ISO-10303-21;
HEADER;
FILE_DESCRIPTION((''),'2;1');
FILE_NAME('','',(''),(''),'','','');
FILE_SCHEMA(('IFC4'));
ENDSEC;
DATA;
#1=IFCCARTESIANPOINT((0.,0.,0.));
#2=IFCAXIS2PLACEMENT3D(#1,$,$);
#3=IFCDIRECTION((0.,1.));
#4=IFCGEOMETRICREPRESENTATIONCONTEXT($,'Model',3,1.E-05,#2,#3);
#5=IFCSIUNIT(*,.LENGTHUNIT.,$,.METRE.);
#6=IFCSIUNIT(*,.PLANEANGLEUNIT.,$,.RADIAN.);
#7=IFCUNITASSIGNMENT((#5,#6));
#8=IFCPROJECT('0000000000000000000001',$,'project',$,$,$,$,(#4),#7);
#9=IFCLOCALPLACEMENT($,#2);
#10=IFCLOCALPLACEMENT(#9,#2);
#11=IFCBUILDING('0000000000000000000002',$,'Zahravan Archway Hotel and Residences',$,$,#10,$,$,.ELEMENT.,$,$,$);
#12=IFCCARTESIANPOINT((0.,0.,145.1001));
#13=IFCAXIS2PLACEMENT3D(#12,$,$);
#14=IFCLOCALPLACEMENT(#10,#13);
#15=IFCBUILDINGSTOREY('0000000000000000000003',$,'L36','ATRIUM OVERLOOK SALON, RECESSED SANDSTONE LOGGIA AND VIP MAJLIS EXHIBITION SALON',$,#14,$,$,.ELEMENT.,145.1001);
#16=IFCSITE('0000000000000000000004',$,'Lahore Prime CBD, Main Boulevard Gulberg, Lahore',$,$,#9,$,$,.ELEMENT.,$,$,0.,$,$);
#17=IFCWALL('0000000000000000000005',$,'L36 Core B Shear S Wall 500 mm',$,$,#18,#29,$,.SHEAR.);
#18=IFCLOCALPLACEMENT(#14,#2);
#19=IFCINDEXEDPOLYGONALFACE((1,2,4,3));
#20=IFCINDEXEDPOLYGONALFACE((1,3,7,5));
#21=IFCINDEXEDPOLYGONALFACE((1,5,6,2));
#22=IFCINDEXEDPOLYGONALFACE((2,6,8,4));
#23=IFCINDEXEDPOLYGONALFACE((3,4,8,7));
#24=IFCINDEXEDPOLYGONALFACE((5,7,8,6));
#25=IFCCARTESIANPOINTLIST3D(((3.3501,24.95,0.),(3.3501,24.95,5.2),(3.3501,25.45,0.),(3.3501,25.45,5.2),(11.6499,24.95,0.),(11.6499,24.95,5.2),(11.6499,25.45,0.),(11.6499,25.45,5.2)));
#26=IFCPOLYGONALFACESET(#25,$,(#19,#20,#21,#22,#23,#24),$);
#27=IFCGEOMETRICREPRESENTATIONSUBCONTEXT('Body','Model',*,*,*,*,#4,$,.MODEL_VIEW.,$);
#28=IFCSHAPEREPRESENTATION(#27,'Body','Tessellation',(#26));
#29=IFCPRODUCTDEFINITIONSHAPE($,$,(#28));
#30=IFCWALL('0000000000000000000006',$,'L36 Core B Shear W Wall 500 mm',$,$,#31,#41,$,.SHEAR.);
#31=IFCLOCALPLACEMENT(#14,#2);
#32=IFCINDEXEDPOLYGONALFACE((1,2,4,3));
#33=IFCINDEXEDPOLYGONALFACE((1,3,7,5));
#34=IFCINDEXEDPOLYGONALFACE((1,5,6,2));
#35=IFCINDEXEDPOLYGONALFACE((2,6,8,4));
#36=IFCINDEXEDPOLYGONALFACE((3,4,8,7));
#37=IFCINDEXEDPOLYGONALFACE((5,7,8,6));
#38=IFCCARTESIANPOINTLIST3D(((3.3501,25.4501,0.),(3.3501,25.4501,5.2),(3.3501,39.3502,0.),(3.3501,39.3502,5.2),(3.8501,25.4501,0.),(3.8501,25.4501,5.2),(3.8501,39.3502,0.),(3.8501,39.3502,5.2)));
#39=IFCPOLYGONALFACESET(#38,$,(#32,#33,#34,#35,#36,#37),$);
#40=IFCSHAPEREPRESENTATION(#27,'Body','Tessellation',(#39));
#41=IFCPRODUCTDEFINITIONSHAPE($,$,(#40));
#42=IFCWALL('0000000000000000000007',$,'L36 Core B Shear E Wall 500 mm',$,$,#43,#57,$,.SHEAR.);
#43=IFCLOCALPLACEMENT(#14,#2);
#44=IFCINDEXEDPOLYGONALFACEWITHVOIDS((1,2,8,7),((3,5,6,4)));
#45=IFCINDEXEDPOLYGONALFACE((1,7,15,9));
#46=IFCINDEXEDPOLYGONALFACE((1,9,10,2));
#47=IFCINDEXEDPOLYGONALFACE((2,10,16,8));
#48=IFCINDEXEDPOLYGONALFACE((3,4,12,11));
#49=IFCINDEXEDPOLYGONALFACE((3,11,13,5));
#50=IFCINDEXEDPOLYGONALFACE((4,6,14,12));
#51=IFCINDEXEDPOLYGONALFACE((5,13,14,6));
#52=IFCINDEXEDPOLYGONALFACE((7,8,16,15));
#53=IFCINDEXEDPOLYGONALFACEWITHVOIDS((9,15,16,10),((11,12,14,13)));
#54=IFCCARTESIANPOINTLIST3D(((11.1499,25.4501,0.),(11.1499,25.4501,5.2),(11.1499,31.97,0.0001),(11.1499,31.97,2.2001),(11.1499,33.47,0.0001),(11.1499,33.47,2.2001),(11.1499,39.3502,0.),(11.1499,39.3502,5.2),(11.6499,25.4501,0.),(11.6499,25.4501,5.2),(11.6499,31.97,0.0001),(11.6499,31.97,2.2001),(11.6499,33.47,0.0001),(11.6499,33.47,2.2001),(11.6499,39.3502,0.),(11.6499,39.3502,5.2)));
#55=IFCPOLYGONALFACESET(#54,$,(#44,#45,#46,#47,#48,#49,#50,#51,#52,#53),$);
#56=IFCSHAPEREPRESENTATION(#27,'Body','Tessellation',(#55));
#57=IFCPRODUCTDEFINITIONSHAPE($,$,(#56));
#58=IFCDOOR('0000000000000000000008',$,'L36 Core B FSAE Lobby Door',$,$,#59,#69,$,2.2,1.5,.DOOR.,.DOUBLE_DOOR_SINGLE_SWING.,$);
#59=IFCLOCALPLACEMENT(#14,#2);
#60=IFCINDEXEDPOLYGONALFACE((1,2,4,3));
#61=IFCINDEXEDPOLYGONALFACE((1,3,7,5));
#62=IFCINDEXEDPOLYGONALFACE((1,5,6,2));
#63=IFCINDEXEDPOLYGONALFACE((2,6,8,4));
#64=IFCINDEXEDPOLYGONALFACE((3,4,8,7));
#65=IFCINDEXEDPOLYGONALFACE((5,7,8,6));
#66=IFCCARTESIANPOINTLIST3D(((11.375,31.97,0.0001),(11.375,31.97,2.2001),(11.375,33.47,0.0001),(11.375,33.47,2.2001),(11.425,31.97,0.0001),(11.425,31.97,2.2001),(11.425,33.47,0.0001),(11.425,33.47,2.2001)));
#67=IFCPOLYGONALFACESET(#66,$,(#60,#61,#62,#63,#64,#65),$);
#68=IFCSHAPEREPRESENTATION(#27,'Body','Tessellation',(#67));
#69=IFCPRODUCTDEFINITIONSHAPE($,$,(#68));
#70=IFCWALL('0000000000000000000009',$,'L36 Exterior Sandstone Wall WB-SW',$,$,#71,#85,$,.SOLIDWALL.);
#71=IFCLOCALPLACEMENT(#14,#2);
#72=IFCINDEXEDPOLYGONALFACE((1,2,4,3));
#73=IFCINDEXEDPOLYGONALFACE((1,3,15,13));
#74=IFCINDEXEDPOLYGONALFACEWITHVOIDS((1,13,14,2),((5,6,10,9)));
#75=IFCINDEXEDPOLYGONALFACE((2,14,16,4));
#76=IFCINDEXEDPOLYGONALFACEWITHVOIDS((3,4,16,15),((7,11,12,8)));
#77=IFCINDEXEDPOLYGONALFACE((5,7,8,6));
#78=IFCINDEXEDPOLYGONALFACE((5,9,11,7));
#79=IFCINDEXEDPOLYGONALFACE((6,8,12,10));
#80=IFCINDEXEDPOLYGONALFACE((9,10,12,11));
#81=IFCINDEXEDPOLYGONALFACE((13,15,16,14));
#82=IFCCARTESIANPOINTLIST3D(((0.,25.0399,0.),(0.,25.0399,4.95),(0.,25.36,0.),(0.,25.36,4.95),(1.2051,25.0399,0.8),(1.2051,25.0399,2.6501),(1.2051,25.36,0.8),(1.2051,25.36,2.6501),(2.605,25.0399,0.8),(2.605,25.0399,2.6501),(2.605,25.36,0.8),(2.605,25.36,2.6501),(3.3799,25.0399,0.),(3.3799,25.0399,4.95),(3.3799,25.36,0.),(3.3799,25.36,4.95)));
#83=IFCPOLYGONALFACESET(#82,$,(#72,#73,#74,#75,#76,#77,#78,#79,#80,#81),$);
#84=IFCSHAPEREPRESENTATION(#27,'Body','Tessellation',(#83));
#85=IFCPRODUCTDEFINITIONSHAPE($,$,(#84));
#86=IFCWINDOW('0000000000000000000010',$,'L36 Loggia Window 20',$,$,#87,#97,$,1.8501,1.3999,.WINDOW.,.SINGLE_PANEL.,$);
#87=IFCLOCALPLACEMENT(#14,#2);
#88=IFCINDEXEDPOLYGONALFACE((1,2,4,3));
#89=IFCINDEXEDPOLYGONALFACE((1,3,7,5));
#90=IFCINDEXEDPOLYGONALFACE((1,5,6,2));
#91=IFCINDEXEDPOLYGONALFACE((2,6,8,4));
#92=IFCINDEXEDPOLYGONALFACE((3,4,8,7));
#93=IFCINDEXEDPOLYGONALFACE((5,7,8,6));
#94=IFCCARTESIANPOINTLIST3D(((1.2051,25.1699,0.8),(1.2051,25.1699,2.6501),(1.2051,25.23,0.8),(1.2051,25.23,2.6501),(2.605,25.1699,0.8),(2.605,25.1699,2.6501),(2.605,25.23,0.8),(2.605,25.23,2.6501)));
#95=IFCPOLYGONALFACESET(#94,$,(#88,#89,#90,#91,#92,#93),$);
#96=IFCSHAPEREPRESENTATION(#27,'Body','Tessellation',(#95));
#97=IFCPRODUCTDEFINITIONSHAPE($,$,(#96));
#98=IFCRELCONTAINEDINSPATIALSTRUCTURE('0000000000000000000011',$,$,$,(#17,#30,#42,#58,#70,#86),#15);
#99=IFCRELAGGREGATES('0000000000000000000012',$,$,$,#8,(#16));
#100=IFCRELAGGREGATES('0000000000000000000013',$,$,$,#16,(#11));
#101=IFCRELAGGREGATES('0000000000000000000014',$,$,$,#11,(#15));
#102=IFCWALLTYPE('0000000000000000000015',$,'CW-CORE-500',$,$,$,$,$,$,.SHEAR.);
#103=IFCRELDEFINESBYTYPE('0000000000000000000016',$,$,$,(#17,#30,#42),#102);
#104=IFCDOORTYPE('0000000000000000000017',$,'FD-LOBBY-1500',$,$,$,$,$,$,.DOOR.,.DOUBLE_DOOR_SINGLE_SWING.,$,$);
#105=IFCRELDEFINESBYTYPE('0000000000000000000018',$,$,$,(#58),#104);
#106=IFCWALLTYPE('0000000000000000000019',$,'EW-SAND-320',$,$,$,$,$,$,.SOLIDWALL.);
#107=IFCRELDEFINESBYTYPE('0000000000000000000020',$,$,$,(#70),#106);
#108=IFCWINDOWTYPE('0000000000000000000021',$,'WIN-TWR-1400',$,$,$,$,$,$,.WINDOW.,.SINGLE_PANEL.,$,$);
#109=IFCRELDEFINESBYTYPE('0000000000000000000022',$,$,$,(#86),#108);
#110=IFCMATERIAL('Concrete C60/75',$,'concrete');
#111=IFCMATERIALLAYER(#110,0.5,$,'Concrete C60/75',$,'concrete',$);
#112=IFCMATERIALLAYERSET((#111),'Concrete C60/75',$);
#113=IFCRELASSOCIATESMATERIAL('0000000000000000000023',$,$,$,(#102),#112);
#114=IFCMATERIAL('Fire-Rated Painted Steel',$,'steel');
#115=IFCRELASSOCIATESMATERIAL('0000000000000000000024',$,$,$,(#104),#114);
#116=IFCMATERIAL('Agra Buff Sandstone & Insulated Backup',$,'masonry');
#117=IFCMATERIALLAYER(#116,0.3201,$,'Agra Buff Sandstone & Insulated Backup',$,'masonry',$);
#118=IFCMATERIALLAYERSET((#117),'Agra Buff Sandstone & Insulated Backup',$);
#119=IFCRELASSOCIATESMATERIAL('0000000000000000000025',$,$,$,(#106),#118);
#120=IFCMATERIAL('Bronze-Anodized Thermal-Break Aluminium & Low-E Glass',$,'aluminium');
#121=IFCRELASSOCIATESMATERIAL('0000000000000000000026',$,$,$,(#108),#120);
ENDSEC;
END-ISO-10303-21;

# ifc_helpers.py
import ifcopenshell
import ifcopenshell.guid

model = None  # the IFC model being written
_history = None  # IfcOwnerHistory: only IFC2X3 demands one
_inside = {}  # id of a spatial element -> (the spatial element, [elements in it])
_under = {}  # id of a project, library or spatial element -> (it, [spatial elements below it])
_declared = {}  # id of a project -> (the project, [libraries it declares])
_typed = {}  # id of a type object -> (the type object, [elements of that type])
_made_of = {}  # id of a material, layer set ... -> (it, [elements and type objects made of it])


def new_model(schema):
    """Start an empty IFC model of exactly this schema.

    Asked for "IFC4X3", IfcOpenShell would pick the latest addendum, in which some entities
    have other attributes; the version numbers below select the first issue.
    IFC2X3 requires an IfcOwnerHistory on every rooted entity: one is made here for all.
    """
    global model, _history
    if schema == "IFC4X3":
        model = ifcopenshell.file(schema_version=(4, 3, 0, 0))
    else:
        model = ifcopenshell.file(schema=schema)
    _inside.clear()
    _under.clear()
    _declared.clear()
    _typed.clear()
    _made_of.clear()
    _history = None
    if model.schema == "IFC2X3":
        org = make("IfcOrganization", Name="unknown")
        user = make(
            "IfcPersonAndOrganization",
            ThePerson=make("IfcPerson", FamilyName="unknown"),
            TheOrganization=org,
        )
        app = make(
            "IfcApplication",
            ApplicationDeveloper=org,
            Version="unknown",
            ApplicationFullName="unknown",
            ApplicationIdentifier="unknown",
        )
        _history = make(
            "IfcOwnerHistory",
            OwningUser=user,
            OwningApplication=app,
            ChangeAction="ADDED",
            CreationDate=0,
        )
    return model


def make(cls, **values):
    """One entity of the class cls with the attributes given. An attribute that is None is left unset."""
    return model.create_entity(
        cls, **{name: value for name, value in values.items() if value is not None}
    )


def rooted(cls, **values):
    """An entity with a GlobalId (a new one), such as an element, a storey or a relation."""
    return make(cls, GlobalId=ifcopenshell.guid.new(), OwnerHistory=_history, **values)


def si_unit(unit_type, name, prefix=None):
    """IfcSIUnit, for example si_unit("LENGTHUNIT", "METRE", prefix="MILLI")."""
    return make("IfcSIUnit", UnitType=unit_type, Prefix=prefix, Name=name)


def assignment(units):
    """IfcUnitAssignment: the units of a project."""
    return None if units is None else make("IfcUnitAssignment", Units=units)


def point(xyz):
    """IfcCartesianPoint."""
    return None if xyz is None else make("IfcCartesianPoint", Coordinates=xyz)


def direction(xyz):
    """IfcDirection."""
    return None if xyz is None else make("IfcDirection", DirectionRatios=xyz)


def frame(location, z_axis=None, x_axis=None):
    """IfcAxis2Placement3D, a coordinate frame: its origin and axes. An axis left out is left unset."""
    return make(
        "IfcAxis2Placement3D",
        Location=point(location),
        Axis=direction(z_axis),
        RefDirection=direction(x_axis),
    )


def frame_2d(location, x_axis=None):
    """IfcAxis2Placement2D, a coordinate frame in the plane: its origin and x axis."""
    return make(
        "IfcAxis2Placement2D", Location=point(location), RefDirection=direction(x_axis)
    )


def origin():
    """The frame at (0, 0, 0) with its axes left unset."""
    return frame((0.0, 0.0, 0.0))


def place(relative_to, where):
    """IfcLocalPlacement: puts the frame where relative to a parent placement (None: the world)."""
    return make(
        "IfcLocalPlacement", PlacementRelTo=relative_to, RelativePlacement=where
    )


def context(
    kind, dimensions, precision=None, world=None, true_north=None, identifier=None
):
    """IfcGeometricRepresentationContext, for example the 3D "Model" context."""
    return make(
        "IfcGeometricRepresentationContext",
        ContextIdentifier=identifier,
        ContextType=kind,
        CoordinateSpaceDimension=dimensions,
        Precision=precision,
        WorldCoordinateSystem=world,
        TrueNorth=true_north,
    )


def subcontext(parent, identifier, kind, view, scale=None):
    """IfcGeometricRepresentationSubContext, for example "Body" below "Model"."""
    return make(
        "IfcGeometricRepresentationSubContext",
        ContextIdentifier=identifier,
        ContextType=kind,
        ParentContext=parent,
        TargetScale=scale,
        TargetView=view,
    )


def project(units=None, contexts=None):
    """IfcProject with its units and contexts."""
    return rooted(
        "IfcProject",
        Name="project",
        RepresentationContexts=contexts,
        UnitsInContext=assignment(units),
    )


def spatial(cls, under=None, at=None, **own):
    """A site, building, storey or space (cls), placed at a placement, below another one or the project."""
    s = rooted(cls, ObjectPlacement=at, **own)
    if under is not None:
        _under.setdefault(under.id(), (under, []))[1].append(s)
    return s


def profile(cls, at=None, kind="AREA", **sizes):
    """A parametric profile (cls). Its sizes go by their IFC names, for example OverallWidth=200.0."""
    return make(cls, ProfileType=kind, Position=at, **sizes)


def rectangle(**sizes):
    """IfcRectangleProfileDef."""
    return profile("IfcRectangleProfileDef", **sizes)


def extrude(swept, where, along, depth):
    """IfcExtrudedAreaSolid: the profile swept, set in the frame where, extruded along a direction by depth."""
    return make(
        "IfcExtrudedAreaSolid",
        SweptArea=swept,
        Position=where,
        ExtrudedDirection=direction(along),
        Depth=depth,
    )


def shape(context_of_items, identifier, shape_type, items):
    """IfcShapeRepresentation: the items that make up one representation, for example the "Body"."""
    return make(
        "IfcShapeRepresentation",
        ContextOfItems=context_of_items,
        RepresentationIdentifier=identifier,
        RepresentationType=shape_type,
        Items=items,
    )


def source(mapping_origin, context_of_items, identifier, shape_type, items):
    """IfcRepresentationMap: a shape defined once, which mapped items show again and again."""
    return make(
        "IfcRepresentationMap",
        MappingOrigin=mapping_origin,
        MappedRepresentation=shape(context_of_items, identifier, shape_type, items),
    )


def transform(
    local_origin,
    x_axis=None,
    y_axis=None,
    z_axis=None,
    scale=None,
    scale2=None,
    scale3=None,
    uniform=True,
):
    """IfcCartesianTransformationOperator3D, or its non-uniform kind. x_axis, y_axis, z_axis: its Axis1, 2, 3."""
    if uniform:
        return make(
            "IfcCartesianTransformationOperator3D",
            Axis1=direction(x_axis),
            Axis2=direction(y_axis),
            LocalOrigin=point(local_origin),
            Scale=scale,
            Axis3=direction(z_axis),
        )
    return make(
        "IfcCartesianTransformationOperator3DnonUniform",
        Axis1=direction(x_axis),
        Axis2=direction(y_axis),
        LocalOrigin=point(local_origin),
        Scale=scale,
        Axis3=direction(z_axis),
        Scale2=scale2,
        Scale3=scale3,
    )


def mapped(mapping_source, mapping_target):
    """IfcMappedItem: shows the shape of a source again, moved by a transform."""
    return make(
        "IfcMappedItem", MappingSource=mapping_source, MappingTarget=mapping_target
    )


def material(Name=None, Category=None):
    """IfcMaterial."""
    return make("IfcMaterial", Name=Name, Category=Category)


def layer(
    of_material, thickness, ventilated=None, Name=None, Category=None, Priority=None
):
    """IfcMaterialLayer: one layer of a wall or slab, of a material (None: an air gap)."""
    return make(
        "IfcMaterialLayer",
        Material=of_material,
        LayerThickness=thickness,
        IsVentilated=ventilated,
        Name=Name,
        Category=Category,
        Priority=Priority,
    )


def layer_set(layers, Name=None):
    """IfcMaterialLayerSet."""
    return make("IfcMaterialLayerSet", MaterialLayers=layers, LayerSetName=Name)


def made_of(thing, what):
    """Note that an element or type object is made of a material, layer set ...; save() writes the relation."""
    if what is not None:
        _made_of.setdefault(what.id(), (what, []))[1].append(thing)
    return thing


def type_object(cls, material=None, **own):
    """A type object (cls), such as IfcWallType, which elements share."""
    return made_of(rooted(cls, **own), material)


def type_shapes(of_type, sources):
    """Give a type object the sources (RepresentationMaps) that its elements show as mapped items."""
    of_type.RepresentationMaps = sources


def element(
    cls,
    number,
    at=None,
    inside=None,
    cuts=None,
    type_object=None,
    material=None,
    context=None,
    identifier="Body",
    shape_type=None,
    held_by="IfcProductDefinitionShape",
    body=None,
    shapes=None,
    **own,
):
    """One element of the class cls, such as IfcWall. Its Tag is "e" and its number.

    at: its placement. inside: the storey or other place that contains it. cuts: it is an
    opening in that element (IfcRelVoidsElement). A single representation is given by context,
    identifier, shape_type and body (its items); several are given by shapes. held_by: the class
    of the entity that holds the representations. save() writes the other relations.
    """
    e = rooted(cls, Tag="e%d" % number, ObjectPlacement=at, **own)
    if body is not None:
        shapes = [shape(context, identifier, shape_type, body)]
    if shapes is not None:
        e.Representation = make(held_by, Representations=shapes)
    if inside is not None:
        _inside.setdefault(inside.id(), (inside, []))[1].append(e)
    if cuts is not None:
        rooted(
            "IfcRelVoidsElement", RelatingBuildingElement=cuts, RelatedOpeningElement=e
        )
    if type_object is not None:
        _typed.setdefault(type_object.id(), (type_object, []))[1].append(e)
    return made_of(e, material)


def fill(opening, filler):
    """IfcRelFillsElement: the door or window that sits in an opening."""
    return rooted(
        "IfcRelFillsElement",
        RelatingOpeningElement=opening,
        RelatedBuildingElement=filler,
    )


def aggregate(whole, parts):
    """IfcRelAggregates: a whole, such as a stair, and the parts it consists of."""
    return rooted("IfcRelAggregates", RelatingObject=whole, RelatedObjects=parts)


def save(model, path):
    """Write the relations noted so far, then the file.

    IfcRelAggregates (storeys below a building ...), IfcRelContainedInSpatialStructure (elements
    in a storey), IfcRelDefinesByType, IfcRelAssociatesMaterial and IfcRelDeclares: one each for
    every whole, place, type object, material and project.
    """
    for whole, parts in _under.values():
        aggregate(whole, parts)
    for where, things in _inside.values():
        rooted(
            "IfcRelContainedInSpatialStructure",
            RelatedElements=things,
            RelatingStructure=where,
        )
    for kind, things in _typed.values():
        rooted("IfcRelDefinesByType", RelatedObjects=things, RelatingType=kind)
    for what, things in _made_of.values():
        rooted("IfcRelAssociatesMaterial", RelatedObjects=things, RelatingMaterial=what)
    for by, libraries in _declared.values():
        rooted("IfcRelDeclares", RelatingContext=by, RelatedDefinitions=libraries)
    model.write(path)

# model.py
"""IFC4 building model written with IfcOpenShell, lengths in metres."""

from ifc_helpers import new_model, si_unit, direction, frame, frame_2d, origin, place, context, subcontext, project, spatial, rectangle, extrude, source, transform, mapped, material, layer, layer_set, type_object, type_shapes, element, fill, save


model = new_model("IFC4")

# Units and contexts
model_context = context("Model", 3, precision=1e-05, world=origin(), true_north=direction((0.0, 1.0)))
body_context = subcontext(model_context, "Body", "Model", "MODEL_VIEW")
ifc_project = project(units=[si_unit("LENGTHUNIT", "METRE"), si_unit("PLANEANGLEUNIT", "RADIAN")], contexts=[model_context])

# Site, building, storey
site_placement = place(None, origin())
site = spatial("IfcSite", under=ifc_project, at=site_placement, Name="Lahore Prime CBD, Main Boulevard Gulberg, Lahore", CompositionType="ELEMENT", RefElevation=0.0)
building_placement = place(site_placement, origin())
building = spatial("IfcBuilding", under=site, at=building_placement, Name="Zahravan Archway Hotel and Residences", CompositionType="ELEMENT")
storey_placement = place(building_placement, frame((0.0, 0.0, 145.1001)))
storey = spatial("IfcBuildingStorey", under=building, at=storey_placement, Name="L36", Description="ATRIUM OVERLOOK SALON, RECESSED SANDSTONE LOGGIA AND VIP MAJLIS EXHIBITION SALON", CompositionType="ELEMENT", Elevation=145.1001)

# Shared definitions
ifc_material_1 = material(Name="Concrete C60/75", Category="concrete")

# Walls
ifc_layer_1 = layer(ifc_material_1, 0.5, Name="Concrete C60/75", Category="concrete")
ifc_layer_set_1 = layer_set([ifc_layer_1], Name="Concrete C60/75")
wall_type_1 = type_object("IfcWallType", Name="CW-CORE-500", PredefinedType="SHEAR", material=ifc_layer_set_1)
wall_1_placement = place(storey_placement, frame((3.3501, 25.2, 0.0), z_axis=(0.0, 0.0, 1.0), x_axis=(1.0, 0.0, 0.0)))
element("IfcWall", 1, at=wall_1_placement, inside=storey, type_object=wall_type_1, Name="L36 Core B Shear S Wall 500 mm", PredefinedType="SHEAR", context=body_context, shape_type="SweptSolid", body=[
    extrude(rectangle(XDim=8.2998, YDim=0.5, at=frame_2d((4.1499, 0.0))), origin(), (0.0, 0.0, 1.0), 5.2),
])
wall_2_placement = place(storey_placement, frame((3.6001, 25.45, 0.0), z_axis=(0.0, 0.0, 1.0), x_axis=(0.0, 1.0, 0.0)))
element("IfcWall", 2, at=wall_2_placement, inside=storey, type_object=wall_type_1, Name="L36 Core B Shear W Wall 500 mm", PredefinedType="SHEAR", context=body_context, shape_type="SweptSolid", body=[
    extrude(rectangle(XDim=13.9001, YDim=0.5, at=frame_2d((6.9502, 0.0))), origin(), (0.0, 0.0, 1.0), 5.2),
])

# Wall, opening, door
wall_3_placement = place(storey_placement, frame((11.3999, 25.45, 0.0), z_axis=(0.0, 0.0, 1.0), x_axis=(0.0, 1.0, 0.0)))
wall_3 = element("IfcWall", 3, at=wall_3_placement, inside=storey, type_object=wall_type_1, Name="L36 Core B Shear E Wall 500 mm", PredefinedType="SHEAR", context=body_context, shape_type="SweptSolid", body=[
    extrude(rectangle(XDim=13.9001, YDim=0.5, at=frame_2d((6.9502, 0.0))), origin(), (0.0, 0.0, 1.0), 5.2),
])
opening_1_placement = place(wall_3_placement, frame((6.52, 0.0, 0.0)))
opening_1 = element("IfcOpeningElement", 4, at=opening_1_placement, cuts=wall_3, PredefinedType="OPENING", context=body_context, shape_type="SweptSolid", body=[
    extrude(rectangle(XDim=1.5, YDim=2.2, at=frame_2d((0.75, 1.1001))), frame((0.0, 0.26, 0.0), z_axis=(0.0, -1.0, 0.0), x_axis=(1.0, 0.0, 0.0)), (0.0, 0.0, 1.0), 0.52),
])
ifc_material_2 = material(Name="Fire-Rated Painted Steel", Category="steel")
door_type_1 = type_object("IfcDoorType", Name="FD-LOBBY-1500", OperationType="DOUBLE_DOOR_SINGLE_SWING", PredefinedType="DOOR", material=ifc_material_2)
shared_shape_1 = source(origin(), body_context, "Body", "SweptSolid", [
    extrude(rectangle(XDim=1.5, YDim=2.2, at=frame_2d((0.75, 1.1001))), frame((0.0, 0.0249, 0.0), z_axis=(0.0, -1.0, 0.0), x_axis=(1.0, 0.0, 0.0)), (0.0, 0.0, 1.0), 0.05),
])
type_shapes(door_type_1, [shared_shape_1])
door_1_placement = place(opening_1_placement, origin())
door_1 = element("IfcDoor", 5, at=door_1_placement, inside=storey, type_object=door_type_1, Name="L36 Core B FSAE Lobby Door", OperationType="DOUBLE_DOOR_SINGLE_SWING", OverallHeight=2.2, OverallWidth=1.5, PredefinedType="DOOR", context=body_context, shape_type="MappedRepresentation", body=[
    mapped(shared_shape_1, transform((0.0, 0.0, 0.0), scale=1.0)),
])
fill(opening_1, door_1)

# Wall, opening, window
ifc_material_3 = material(Name="Agra Buff Sandstone & Insulated Backup", Category="masonry")
ifc_layer_2 = layer(ifc_material_3, 0.3201, Name="Agra Buff Sandstone & Insulated Backup", Category="masonry")
ifc_layer_set_2 = layer_set([ifc_layer_2], Name="Agra Buff Sandstone & Insulated Backup")
wall_type_2 = type_object("IfcWallType", Name="EW-SAND-320", PredefinedType="SOLIDWALL", material=ifc_layer_set_2)
wall_4_placement = place(storey_placement, frame((0.0, 25.2, 0.0), z_axis=(0.0, 0.0, 1.0), x_axis=(1.0, 0.0, 0.0)))
wall_4 = element("IfcWall", 6, at=wall_4_placement, inside=storey, type_object=wall_type_2, Name="L36 Exterior Sandstone Wall WB-SW", PredefinedType="SOLIDWALL", context=body_context, shape_type="SweptSolid", body=[
    extrude(rectangle(XDim=3.3799, YDim=0.3201, at=frame_2d((1.6899, 0.0))), origin(), (0.0, 0.0, 1.0), 4.95),
])
opening_2_placement = place(wall_4_placement, frame((1.2051, 0.0, 0.8)))
opening_2 = element("IfcOpeningElement", 7, at=opening_2_placement, cuts=wall_4, PredefinedType="OPENING", context=body_context, shape_type="SweptSolid", body=[
    extrude(rectangle(XDim=1.3999, YDim=1.8501, at=frame_2d((0.7, 0.925))), frame((0.0, 0.1699, 0.0), z_axis=(0.0, -1.0, 0.0), x_axis=(1.0, 0.0, 0.0)), (0.0, 0.0, 1.0), 0.3401),
])
ifc_material_4 = material(Name="Bronze-Anodized Thermal-Break Aluminium & Low-E Glass", Category="aluminium")
window_type_1 = type_object("IfcWindowType", Name="WIN-TWR-1400", PartitioningType="SINGLE_PANEL", PredefinedType="WINDOW", material=ifc_material_4)
shared_shape_2 = source(origin(), body_context, "Body", "SweptSolid", [
    extrude(rectangle(XDim=1.3999, YDim=1.8501, at=frame_2d((0.7, 0.925))), frame((0.0, 0.03, 0.0), z_axis=(0.0, -1.0, 0.0), x_axis=(1.0, 0.0, 0.0)), (0.0, 0.0, 1.0), 0.0601),
])
type_shapes(window_type_1, [shared_shape_2])
window_1_placement = place(opening_2_placement, origin())
window_1 = element("IfcWindow", 8, at=window_1_placement, inside=storey, type_object=window_type_1, Name="L36 Loggia Window 20", OverallHeight=1.8501, OverallWidth=1.3999, PartitioningType="SINGLE_PANEL", PredefinedType="WINDOW", context=body_context, shape_type="MappedRepresentation", body=[
    mapped(shared_shape_2, transform((0.0, 0.0, 0.0), scale=1.0)),
])
fill(opening_2, window_1)

save(model, "model.ifc")
